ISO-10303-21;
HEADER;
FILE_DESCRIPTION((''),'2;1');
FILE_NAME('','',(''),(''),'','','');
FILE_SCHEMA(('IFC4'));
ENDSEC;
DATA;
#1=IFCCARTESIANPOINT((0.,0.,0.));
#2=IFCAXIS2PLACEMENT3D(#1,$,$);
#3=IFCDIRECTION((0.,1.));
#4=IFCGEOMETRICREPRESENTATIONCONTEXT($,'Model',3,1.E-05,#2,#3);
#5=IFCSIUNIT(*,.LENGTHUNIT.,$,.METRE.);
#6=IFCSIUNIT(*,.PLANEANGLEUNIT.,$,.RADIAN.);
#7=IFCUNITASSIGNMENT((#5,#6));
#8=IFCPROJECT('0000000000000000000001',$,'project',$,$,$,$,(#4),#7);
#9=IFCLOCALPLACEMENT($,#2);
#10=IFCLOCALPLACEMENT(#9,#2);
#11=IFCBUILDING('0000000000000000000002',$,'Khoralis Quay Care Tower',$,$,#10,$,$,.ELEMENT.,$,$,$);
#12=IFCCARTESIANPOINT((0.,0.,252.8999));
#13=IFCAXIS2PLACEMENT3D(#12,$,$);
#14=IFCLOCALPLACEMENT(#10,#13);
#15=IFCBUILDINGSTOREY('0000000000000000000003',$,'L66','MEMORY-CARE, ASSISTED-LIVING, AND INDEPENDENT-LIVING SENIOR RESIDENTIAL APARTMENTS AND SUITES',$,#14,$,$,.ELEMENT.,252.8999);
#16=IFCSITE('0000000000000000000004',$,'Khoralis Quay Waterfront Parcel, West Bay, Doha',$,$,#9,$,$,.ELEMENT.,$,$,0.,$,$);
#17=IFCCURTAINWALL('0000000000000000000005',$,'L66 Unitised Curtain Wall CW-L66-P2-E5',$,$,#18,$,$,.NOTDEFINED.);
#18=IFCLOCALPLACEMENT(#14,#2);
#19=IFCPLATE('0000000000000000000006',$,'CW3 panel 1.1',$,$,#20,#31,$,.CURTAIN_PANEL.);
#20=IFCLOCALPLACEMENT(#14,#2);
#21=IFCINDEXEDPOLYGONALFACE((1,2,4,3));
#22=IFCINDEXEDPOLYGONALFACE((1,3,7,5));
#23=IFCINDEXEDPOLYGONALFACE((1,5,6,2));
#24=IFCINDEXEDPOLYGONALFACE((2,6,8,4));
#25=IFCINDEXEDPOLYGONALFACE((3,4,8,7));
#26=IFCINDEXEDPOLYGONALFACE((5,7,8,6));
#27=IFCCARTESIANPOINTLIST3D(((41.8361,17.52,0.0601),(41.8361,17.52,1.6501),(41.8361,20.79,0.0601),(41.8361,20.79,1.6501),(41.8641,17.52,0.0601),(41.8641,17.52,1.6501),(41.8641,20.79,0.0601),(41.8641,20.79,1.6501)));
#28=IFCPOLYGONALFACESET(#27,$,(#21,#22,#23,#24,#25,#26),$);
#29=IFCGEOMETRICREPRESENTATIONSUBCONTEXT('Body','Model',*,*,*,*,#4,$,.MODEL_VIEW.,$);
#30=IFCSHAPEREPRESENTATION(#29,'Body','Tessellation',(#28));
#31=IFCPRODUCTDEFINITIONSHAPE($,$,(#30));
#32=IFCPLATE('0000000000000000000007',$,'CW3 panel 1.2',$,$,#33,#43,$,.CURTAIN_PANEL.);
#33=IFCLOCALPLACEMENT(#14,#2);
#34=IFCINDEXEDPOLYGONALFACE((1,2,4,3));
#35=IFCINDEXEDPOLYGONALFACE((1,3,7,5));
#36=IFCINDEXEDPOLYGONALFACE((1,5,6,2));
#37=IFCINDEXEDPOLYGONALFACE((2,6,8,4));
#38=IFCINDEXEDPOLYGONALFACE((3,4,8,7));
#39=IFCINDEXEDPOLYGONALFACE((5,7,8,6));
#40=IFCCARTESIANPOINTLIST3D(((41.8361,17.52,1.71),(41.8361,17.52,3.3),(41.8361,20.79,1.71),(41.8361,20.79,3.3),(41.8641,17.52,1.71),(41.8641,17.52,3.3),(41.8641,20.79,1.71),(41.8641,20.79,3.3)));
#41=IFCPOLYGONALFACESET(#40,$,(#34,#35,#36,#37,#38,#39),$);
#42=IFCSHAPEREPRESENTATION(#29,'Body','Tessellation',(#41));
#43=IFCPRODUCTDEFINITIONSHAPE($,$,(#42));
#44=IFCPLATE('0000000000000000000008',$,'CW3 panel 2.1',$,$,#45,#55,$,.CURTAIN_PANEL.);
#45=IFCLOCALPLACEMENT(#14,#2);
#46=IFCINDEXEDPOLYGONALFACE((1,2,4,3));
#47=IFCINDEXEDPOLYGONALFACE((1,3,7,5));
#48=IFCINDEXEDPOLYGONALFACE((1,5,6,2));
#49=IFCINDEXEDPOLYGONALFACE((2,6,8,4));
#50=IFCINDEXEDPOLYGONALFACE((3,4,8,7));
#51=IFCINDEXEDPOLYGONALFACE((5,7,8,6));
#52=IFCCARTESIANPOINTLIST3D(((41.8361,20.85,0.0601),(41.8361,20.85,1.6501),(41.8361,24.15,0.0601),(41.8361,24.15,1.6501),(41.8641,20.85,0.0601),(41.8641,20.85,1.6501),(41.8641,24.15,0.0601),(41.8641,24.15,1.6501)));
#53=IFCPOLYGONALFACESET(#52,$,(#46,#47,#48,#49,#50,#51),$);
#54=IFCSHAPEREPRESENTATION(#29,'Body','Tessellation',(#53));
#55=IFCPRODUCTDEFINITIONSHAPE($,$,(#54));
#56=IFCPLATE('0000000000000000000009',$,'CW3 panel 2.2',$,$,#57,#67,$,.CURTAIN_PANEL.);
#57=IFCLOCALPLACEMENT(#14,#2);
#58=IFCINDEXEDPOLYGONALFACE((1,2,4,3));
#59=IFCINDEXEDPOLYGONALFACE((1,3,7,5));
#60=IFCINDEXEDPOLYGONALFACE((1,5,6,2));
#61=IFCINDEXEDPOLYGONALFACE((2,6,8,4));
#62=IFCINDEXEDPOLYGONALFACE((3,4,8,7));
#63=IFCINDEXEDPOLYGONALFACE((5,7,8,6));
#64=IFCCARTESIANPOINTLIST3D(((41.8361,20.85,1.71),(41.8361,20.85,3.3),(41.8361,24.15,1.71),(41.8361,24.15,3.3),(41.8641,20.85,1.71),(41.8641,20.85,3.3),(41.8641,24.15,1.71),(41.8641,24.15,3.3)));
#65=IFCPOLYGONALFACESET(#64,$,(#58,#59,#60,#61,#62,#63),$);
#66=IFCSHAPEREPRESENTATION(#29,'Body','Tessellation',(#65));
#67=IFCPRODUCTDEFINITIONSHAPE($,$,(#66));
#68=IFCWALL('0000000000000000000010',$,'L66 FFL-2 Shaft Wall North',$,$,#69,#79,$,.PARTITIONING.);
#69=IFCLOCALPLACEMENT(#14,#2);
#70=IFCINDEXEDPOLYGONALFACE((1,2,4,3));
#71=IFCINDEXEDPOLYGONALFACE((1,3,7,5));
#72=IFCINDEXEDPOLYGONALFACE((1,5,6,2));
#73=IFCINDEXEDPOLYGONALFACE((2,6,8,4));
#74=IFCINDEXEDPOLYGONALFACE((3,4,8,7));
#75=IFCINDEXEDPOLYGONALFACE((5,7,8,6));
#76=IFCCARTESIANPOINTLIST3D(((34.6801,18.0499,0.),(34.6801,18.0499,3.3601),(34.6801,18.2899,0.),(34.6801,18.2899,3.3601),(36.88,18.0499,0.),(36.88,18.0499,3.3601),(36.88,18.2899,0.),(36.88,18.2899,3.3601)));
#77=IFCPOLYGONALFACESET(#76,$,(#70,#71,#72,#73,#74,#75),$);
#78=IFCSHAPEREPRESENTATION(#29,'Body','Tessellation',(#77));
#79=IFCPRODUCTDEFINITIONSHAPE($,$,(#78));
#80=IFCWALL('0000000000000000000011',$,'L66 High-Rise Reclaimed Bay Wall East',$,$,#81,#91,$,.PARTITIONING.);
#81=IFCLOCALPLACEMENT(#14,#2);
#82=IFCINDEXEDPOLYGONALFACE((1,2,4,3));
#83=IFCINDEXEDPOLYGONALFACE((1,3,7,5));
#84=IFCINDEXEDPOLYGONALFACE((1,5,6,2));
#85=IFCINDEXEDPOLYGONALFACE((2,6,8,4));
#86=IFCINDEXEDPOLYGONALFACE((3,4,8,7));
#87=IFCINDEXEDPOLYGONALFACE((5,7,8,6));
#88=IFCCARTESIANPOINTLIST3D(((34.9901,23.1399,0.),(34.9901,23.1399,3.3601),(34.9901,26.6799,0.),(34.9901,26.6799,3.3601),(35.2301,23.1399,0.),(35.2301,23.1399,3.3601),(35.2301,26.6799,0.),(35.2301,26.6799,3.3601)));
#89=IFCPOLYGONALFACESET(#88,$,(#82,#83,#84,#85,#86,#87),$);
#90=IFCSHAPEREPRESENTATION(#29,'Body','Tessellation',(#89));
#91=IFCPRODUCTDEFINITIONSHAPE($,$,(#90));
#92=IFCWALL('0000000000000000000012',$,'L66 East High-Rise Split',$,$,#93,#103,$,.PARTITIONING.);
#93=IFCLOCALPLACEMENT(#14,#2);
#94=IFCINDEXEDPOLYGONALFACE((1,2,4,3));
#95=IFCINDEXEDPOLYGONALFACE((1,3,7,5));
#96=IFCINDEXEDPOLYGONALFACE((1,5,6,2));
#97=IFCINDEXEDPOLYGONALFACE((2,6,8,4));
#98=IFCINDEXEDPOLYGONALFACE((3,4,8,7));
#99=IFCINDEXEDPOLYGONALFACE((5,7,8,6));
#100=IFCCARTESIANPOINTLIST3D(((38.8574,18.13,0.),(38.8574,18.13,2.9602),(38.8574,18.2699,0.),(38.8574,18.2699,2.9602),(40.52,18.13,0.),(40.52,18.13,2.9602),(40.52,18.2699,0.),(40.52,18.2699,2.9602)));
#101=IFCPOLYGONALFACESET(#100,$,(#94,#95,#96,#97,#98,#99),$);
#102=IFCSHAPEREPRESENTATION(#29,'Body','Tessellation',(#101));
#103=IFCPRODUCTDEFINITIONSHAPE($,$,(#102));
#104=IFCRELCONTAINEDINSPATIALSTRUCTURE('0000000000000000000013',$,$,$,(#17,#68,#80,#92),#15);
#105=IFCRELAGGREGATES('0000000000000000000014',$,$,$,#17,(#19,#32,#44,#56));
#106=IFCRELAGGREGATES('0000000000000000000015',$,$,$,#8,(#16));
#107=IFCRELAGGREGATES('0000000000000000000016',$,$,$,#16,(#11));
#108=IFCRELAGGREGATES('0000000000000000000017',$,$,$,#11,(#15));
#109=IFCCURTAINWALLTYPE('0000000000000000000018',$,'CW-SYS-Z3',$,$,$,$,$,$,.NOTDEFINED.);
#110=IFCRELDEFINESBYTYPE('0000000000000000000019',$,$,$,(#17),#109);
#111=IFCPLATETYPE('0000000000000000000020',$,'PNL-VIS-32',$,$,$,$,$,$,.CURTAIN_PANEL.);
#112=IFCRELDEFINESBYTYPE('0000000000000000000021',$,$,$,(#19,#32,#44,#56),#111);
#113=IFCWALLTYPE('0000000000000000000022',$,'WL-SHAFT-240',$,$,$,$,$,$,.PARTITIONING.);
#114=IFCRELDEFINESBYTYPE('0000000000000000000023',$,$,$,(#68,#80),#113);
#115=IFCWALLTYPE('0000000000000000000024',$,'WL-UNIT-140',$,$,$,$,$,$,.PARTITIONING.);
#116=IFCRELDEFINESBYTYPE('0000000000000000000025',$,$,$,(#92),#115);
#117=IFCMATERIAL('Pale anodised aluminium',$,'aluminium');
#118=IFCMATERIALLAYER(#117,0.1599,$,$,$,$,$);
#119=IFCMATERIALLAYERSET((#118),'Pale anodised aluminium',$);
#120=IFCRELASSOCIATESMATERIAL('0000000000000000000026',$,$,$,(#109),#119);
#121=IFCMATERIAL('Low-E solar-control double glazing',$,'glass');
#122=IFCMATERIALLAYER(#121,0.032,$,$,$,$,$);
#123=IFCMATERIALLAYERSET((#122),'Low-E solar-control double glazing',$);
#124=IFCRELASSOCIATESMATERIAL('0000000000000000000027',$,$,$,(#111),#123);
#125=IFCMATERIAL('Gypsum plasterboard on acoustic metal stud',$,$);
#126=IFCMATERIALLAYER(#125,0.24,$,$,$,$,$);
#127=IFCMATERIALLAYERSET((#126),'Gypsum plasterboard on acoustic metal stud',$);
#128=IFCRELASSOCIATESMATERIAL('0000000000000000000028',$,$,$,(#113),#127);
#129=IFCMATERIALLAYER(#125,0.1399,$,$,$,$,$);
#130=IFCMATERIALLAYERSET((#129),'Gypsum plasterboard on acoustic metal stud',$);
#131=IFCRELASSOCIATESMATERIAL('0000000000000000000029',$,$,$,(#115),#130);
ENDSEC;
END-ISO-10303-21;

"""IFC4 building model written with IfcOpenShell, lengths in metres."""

from ifc_helpers import new_model, si_unit, direction, frame, frame_2d, origin, origin_2d, place, context, subcontext, project, spatial, rectangle, extrude, source, transform, mapped, material, layer, layer_set, type_object, element, aggregate, save


model = new_model("IFC4")

# Units and contexts
model_context = context("Model", 3, precision=1e-05, world=origin(), true_north=direction((0.0, 1.0)))
body_context = subcontext(model_context, "Body", "Model", "MODEL_VIEW")
ifc_project = project(units=[si_unit("LENGTHUNIT", "METRE"), si_unit("PLANEANGLEUNIT", "RADIAN")], contexts=[model_context])

# Site, building, storey
site_placement = place(None, origin())
site = spatial("IfcSite", under=ifc_project, at=site_placement, Name="Khoralis Quay Waterfront Parcel, West Bay, Doha", CompositionType="ELEMENT", RefElevation=0.0)
building_placement = place(site_placement, origin())
building = spatial("IfcBuilding", under=site, at=building_placement, Name="Khoralis Quay Care Tower", CompositionType="ELEMENT")
storey_placement = place(building_placement, frame((0.0, 0.0, 252.8999)))
storey = spatial("IfcBuildingStorey", under=building, at=storey_placement, Name="L66", Description="MEMORY-CARE, ASSISTED-LIVING, AND INDEPENDENT-LIVING SENIOR RESIDENTIAL APARTMENTS AND SUITES", CompositionType="ELEMENT", Elevation=252.8999)

# Curtain wall, plates
ifc_material_1 = material(Name="Pale anodised aluminium", Category="aluminium")
ifc_layer_1 = layer(ifc_material_1, 0.1599)
ifc_layer_set_1 = layer_set([ifc_layer_1], Name="Pale anodised aluminium")
curtain_wall_type = type_object("IfcCurtainWallType", Name="CW-SYS-Z3", PredefinedType="NOTDEFINED", material=ifc_layer_set_1)
curtain_wall_placement = place(storey_placement, origin())
curtain_wall = element("IfcCurtainWall", 1, at=curtain_wall_placement, inside=storey, type_object=curtain_wall_type, Name="L66 Unitised Curtain Wall CW-L66-P2-E5", PredefinedType="NOTDEFINED")
ifc_material_2 = material(Name="Low-E solar-control double glazing", Category="glass")
ifc_layer_2 = layer(ifc_material_2, 0.032)
ifc_layer_set_2 = layer_set([ifc_layer_2], Name="Low-E solar-control double glazing")
plate_type = type_object("IfcPlateType", Name="PNL-VIS-32", PredefinedType="CURTAIN_PANEL", material=ifc_layer_set_2)
shared_shape_1 = source(origin(), body_context, "Body", "SweptSolid", [
    extrude(rectangle(XDim=3.27, YDim=0.0281, at=origin_2d()), origin(), (0.0, 0.0, 1.0), 1.5901),
])
plate_1_placement = place(storey_placement, frame((41.8501, 19.155, 0.0601), z_axis=(0.0, 0.0, 1.0), x_axis=(0.0, 1.0, 0.0)))
plate_1 = element("IfcPlate", 2, at=plate_1_placement, type_object=plate_type, Name="CW3 panel 1.1", PredefinedType="CURTAIN_PANEL", context=body_context, shape_type="MappedRepresentation", body=[
    mapped(shared_shape_1, transform((0.0, 0.0, 0.0), scale=1.0)),
])
plate_2_placement = place(storey_placement, frame((41.8501, 19.155, 1.71), z_axis=(0.0, 0.0, 1.0), x_axis=(0.0, 1.0, 0.0)))
plate_2 = element("IfcPlate", 3, at=plate_2_placement, type_object=plate_type, Name="CW3 panel 1.2", PredefinedType="CURTAIN_PANEL", context=body_context, shape_type="MappedRepresentation", body=[
    mapped(shared_shape_1, transform((0.0, 0.0, 0.0), scale=1.0)),
])
shared_shape_2 = source(origin(), body_context, "Body", "SweptSolid", [
    extrude(rectangle(XDim=3.3, YDim=0.0281, at=origin_2d()), origin(), (0.0, 0.0, 1.0), 1.5901),
])
plate_3_placement = place(storey_placement, frame((41.8501, 22.5, 0.0601), z_axis=(0.0, 0.0, 1.0), x_axis=(0.0, 1.0, 0.0)))
plate_3 = element("IfcPlate", 4, at=plate_3_placement, type_object=plate_type, Name="CW3 panel 2.1", PredefinedType="CURTAIN_PANEL", context=body_context, shape_type="MappedRepresentation", body=[
    mapped(shared_shape_2, transform((0.0, 0.0, 0.0), scale=1.0)),
])
plate_4_placement = place(storey_placement, frame((41.8501, 22.5, 1.71), z_axis=(0.0, 0.0, 1.0), x_axis=(0.0, 1.0, 0.0)))
plate_4 = element("IfcPlate", 5, at=plate_4_placement, type_object=plate_type, Name="CW3 panel 2.2", PredefinedType="CURTAIN_PANEL", context=body_context, shape_type="MappedRepresentation", body=[
    mapped(shared_shape_2, transform((0.0, 0.0, 0.0), scale=1.0)),
])
aggregate(curtain_wall, [plate_1, plate_2, plate_3, plate_4])

# Walls
ifc_material_3 = material(Name="Gypsum plasterboard on acoustic metal stud")
ifc_layer_3 = layer(ifc_material_3, 0.24)
ifc_layer_set_3 = layer_set([ifc_layer_3], Name="Gypsum plasterboard on acoustic metal stud")
wall_type_1 = type_object("IfcWallType", Name="WL-SHAFT-240", PredefinedType="PARTITIONING", material=ifc_layer_set_3)
wall_1_placement = place(storey_placement, frame((34.6799, 18.1699, 0.0), z_axis=(0.0, 0.0, 1.0), x_axis=(1.0, 0.0, 0.0)))
element("IfcWall", 6, at=wall_1_placement, inside=storey, type_object=wall_type_1, Name="L66 FFL-2 Shaft Wall North", PredefinedType="PARTITIONING", context=body_context, shape_type="SweptSolid", body=[
    extrude(rectangle(XDim=2.2, YDim=0.24, at=frame_2d((1.1001, 0.0))), origin(), (0.0, 0.0, 1.0), 3.3601),
])
wall_2_placement = place(storey_placement, frame((35.1101, 23.1399, 0.0), z_axis=(0.0, 0.0, 1.0), x_axis=(0.0, 1.0, 0.0)))
element("IfcWall", 7, at=wall_2_placement, inside=storey, type_object=wall_type_1, Name="L66 High-Rise Reclaimed Bay Wall East", PredefinedType="PARTITIONING", context=body_context, shape_type="SweptSolid", body=[
    extrude(rectangle(XDim=3.54, YDim=0.24, at=frame_2d((1.77, 0.0))), origin(), (0.0, 0.0, 1.0), 3.3601),
])
ifc_layer_4 = layer(ifc_material_3, 0.1399)
ifc_layer_set_4 = layer_set([ifc_layer_4], Name="Gypsum plasterboard on acoustic metal stud")
wall_type_2 = type_object("IfcWallType", Name="WL-UNIT-140", PredefinedType="PARTITIONING", material=ifc_layer_set_4)
wall_3_placement = place(storey_placement, frame((38.8574, 18.2, 0.0), z_axis=(0.0, 0.0, 1.0), x_axis=(1.0, 0.0, 0.0)))
element("IfcWall", 8, at=wall_3_placement, inside=storey, type_object=wall_type_2, Name="L66 East High-Rise Split", PredefinedType="PARTITIONING", context=body_context, shape_type="SweptSolid", body=[
    extrude(rectangle(XDim=1.6626, YDim=0.1399, at=frame_2d((0.8313, 0.0))), origin(), (0.0, 0.0, 1.0), 2.9602),
])

save(model, "model.ifc")
